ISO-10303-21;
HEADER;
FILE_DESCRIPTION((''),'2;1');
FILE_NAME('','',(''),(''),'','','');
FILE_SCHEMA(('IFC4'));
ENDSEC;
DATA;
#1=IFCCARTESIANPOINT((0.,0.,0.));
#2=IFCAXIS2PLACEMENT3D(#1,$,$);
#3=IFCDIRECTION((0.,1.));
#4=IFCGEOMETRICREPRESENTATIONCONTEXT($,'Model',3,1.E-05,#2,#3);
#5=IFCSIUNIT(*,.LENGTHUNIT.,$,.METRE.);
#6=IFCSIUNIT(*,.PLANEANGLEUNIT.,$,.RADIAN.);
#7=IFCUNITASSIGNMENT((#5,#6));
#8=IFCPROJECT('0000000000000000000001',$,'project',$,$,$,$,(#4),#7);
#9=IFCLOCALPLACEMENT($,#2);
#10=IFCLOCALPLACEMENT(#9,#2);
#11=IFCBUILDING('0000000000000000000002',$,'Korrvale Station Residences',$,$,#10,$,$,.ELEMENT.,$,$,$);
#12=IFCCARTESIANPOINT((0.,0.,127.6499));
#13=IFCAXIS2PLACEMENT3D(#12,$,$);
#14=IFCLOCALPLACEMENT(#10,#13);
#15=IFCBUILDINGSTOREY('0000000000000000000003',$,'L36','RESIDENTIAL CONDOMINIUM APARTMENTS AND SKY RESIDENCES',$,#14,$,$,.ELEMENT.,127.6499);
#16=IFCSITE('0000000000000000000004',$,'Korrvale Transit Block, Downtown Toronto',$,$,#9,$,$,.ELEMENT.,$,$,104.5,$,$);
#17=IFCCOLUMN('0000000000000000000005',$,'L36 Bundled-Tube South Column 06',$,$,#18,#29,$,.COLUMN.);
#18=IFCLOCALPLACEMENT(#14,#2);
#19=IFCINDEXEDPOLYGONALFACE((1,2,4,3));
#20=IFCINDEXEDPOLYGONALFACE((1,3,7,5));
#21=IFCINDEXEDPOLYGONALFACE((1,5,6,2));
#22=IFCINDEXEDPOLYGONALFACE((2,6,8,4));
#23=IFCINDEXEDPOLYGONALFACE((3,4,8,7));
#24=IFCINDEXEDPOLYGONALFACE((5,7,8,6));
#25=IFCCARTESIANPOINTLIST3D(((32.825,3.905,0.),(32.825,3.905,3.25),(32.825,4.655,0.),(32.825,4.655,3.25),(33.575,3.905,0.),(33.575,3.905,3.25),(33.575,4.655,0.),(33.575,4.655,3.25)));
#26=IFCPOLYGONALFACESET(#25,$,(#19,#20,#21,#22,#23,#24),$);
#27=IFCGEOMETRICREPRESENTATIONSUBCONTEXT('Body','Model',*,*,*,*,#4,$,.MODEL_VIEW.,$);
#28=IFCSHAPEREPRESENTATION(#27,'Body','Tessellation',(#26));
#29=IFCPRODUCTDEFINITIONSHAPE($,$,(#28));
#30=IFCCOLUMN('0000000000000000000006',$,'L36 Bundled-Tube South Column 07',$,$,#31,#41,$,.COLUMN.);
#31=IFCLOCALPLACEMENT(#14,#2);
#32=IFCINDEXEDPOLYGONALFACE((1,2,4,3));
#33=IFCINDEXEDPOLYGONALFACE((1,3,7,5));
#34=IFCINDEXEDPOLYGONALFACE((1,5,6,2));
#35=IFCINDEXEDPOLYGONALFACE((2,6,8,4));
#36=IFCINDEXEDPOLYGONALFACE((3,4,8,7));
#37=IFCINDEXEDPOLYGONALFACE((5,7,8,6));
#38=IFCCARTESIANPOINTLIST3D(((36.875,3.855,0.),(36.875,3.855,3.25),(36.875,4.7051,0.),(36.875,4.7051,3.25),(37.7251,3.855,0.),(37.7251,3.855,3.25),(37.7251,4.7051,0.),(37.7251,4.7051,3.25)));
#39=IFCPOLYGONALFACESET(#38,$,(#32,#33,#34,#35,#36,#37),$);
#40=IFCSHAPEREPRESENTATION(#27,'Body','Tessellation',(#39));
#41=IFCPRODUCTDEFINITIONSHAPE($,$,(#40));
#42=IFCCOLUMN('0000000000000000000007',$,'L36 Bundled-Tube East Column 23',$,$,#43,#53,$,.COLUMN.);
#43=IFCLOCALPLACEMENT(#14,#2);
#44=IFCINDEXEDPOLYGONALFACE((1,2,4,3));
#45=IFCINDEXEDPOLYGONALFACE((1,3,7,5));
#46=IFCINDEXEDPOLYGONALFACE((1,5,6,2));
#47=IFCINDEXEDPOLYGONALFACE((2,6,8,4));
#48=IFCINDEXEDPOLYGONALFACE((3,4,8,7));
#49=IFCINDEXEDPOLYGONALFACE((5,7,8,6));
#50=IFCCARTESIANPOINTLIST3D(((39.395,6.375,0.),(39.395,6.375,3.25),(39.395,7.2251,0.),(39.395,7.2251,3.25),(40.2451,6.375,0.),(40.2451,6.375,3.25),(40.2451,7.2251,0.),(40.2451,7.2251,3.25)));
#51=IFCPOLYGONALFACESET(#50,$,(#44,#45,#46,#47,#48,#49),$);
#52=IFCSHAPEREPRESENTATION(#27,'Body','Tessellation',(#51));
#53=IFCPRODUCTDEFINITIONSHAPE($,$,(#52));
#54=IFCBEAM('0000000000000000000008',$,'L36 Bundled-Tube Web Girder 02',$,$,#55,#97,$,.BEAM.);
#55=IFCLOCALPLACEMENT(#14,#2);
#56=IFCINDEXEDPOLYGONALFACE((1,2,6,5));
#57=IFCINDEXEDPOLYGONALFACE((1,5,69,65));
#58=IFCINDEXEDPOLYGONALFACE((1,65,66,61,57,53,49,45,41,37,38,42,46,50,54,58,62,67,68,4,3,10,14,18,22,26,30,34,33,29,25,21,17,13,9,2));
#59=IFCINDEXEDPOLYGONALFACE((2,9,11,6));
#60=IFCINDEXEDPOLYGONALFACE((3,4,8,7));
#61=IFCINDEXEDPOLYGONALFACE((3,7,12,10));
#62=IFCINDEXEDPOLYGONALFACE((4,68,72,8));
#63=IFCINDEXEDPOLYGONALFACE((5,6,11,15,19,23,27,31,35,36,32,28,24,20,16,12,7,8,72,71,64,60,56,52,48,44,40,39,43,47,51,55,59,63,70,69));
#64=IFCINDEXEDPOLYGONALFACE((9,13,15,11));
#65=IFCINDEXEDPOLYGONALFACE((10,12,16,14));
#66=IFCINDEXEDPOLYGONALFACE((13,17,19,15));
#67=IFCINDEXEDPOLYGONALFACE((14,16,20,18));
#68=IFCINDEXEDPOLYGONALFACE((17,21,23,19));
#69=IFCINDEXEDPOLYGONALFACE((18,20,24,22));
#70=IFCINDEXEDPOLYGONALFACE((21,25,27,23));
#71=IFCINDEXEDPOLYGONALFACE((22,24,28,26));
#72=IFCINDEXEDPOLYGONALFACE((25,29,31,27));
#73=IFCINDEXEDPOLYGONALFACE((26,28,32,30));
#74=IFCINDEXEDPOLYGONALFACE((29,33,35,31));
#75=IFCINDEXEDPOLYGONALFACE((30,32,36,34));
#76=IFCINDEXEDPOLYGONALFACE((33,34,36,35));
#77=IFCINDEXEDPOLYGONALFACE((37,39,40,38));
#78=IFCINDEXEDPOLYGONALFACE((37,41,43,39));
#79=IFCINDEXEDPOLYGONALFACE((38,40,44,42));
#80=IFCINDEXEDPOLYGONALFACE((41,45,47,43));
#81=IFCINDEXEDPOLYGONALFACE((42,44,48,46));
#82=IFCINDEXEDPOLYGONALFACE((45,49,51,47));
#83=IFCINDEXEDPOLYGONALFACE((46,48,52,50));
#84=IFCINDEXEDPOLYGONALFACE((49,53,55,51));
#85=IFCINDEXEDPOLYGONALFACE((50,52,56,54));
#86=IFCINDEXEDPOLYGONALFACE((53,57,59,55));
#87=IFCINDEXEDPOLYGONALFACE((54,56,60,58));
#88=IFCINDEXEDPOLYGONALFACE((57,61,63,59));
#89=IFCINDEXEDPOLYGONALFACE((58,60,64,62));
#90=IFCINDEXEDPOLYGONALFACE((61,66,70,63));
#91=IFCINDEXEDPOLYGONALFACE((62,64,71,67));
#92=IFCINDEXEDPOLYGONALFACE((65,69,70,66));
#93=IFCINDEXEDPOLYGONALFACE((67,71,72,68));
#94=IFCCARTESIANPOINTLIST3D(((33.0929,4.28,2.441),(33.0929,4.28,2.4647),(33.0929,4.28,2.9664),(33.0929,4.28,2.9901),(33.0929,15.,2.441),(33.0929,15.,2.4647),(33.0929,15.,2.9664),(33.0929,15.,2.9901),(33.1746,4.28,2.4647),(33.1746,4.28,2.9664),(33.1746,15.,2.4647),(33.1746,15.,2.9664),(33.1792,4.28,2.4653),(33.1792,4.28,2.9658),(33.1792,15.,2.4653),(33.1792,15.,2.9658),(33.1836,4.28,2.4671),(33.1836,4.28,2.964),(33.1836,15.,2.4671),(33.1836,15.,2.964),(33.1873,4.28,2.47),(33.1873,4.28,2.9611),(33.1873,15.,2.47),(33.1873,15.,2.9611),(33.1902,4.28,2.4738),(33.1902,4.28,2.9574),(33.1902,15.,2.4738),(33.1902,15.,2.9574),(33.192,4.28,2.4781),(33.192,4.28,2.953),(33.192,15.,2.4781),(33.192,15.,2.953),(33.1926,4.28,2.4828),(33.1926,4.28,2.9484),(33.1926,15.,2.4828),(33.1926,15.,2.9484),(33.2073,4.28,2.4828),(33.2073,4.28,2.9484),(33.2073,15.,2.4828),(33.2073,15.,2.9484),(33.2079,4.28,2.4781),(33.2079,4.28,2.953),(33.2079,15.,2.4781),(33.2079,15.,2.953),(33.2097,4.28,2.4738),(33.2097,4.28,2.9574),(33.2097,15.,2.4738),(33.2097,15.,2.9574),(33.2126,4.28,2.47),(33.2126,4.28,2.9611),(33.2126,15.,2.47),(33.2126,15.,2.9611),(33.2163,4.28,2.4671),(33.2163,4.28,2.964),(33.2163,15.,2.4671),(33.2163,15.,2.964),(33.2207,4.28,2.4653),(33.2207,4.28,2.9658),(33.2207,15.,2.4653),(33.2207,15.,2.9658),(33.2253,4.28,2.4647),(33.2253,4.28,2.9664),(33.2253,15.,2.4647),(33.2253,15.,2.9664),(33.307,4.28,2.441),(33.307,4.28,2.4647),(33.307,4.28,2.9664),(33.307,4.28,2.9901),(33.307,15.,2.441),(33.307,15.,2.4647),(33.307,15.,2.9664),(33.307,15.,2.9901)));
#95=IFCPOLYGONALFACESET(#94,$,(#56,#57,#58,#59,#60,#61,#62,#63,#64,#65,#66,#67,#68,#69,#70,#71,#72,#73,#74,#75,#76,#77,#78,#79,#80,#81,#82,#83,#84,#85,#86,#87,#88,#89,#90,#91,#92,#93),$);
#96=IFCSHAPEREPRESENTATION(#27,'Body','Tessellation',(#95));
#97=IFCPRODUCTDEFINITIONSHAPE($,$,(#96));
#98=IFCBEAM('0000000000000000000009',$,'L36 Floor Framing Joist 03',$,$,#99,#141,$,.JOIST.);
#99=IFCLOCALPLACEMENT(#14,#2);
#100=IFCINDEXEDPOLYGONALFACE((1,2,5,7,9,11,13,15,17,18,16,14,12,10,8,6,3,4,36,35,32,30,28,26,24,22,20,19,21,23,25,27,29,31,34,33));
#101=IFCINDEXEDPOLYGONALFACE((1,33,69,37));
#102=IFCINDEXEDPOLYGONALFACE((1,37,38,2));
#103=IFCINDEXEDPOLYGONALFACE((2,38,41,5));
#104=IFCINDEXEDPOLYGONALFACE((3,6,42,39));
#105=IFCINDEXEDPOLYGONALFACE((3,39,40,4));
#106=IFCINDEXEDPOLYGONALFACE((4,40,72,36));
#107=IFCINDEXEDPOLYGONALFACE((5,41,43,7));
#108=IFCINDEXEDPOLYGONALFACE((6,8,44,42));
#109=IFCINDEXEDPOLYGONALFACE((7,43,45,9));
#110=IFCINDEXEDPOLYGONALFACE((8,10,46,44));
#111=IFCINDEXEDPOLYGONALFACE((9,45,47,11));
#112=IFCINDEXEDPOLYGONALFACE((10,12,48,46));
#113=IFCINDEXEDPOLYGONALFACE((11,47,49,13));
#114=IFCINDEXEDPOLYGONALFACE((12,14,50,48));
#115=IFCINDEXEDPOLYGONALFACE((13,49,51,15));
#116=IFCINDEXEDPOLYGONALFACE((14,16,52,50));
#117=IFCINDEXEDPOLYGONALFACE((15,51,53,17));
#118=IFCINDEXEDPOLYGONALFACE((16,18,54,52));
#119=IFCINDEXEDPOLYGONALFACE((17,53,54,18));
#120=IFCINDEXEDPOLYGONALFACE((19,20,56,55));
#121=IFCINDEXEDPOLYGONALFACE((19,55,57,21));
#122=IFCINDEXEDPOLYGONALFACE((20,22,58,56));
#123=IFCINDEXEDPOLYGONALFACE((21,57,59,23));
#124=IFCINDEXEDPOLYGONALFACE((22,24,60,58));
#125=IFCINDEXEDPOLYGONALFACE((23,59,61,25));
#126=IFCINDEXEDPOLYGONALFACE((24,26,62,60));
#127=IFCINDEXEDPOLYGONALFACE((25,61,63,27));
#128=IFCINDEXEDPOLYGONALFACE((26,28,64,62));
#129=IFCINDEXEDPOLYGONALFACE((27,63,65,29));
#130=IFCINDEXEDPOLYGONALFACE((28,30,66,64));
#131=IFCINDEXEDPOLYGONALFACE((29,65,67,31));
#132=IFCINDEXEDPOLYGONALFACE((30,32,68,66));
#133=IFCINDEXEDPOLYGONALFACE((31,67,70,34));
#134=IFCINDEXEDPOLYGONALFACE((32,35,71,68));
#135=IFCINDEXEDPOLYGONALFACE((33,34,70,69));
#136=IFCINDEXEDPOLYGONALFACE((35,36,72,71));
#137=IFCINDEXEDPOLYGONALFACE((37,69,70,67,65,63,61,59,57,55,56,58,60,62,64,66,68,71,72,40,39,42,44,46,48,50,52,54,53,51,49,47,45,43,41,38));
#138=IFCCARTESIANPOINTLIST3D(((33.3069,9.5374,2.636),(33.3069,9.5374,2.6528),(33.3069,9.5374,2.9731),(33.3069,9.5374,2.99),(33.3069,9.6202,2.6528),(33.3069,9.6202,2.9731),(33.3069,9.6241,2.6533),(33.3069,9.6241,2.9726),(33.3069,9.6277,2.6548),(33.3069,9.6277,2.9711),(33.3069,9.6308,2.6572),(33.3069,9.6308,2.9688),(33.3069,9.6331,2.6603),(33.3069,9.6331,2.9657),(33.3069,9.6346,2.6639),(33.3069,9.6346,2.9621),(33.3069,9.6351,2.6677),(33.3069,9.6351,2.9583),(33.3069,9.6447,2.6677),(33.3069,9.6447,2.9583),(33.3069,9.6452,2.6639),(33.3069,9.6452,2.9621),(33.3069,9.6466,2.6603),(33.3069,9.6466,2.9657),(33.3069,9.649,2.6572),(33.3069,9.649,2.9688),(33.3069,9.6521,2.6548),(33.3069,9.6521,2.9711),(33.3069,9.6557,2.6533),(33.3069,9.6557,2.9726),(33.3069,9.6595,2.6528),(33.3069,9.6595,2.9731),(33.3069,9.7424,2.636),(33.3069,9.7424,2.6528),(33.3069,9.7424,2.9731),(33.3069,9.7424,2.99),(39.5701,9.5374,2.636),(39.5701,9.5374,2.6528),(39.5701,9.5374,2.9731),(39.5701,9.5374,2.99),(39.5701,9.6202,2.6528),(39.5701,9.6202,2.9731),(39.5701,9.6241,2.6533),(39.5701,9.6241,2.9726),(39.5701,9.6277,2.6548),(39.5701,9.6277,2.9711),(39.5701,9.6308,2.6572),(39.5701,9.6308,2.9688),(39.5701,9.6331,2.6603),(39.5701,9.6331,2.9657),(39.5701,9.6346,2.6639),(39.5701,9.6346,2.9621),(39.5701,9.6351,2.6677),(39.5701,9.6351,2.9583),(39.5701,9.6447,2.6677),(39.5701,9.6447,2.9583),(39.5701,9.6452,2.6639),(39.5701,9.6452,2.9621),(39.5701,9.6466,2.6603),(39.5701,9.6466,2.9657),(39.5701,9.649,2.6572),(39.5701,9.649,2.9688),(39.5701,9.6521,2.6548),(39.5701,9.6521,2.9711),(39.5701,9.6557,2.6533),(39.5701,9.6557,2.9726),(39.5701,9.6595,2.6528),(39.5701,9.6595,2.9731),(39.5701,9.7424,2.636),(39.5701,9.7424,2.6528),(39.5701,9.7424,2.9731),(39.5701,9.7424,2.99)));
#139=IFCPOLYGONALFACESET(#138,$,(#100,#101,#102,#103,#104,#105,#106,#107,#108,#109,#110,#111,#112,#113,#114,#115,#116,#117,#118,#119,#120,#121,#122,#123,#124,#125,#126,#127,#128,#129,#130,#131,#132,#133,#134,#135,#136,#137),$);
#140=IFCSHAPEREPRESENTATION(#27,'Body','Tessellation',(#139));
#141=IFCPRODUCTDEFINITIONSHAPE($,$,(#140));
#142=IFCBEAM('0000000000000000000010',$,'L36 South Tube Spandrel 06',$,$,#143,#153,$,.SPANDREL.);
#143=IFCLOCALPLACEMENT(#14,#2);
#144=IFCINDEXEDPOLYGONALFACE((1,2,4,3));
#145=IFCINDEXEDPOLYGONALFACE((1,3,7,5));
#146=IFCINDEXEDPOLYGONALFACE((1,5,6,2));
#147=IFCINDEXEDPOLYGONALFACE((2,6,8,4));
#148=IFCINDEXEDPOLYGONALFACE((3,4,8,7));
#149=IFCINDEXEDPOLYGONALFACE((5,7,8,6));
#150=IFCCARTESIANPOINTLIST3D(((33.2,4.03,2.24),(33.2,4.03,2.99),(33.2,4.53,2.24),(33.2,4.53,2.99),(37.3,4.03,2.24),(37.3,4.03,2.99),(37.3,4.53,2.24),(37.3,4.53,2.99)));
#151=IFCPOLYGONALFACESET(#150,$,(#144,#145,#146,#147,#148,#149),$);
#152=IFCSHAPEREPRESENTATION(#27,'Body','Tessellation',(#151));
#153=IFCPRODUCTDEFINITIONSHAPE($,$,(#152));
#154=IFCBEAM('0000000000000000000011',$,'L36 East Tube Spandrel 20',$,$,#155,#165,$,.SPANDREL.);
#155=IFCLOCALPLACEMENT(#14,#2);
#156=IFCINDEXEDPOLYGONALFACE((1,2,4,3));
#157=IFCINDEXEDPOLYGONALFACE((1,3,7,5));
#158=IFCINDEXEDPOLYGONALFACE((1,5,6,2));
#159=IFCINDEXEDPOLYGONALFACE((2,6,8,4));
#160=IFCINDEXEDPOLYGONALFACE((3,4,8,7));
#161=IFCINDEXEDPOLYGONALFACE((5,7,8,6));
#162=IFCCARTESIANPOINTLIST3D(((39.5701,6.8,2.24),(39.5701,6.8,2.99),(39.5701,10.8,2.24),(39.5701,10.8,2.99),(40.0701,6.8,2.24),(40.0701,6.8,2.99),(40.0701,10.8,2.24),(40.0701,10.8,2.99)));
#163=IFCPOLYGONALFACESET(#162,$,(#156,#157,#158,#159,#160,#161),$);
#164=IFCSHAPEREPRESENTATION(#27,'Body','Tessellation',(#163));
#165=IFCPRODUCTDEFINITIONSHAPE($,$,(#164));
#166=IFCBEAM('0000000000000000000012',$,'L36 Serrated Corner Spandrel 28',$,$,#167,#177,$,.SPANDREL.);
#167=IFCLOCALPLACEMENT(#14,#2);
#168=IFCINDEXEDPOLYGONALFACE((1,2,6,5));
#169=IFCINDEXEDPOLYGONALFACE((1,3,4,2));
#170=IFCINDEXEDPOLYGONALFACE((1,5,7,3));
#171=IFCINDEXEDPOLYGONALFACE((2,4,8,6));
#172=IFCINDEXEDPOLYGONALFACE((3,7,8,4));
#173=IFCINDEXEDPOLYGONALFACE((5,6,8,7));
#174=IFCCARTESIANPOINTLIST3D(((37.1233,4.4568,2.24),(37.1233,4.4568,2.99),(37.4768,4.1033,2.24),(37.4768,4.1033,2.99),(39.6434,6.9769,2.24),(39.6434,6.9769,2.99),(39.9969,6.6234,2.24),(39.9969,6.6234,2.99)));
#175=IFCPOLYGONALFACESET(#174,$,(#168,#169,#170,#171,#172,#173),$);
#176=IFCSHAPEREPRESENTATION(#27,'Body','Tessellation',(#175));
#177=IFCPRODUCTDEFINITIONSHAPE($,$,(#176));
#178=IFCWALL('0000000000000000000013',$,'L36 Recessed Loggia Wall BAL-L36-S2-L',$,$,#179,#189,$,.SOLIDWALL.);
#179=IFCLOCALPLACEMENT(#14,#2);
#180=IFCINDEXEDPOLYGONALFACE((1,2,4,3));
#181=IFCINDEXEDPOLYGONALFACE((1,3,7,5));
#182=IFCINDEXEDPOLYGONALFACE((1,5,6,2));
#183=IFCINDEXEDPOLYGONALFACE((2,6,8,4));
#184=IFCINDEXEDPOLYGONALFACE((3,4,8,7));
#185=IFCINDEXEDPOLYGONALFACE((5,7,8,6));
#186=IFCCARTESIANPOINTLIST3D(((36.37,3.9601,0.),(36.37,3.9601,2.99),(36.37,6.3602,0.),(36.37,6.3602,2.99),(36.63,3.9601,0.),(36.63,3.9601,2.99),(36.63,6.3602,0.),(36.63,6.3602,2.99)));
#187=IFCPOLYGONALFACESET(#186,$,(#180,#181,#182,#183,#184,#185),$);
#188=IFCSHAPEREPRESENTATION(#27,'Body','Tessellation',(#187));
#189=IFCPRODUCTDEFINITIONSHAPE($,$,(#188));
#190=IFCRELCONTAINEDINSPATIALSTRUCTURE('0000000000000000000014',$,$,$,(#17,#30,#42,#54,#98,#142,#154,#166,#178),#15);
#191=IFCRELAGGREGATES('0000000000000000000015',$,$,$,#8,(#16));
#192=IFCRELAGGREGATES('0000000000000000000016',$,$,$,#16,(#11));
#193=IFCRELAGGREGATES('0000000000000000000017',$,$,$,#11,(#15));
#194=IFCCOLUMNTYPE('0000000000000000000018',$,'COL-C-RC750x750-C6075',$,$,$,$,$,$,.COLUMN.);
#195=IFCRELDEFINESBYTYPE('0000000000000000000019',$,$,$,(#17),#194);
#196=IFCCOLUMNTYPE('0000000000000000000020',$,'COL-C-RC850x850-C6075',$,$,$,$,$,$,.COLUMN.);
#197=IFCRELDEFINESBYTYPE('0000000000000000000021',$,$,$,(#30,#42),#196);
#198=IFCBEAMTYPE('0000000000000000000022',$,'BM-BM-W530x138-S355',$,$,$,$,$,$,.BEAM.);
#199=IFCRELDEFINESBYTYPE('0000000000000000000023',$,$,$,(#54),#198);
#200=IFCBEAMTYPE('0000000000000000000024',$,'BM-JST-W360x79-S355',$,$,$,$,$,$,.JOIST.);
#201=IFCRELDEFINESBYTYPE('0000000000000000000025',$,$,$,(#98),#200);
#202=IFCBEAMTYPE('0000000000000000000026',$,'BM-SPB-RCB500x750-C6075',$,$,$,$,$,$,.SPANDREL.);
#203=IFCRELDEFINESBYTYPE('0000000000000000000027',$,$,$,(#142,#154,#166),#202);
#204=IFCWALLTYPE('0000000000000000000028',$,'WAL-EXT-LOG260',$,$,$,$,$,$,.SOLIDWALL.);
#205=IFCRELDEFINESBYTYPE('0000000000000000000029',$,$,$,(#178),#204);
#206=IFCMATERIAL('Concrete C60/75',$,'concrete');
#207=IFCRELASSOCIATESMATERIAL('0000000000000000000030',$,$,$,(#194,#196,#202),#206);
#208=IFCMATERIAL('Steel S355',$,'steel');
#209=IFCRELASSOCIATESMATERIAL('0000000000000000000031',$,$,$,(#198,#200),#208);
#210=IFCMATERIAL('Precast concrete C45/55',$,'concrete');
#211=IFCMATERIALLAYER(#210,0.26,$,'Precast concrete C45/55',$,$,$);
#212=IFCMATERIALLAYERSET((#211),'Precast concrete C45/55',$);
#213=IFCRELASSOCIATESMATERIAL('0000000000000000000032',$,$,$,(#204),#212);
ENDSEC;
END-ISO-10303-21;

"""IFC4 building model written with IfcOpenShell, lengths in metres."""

from ifc_helpers import new_model, si_unit, direction, frame, frame_2d, origin, origin_2d, place, context, subcontext, project, spatial, rectangle, i_section, extrude, material, layer, layer_set, material_profile, profile_set, type_object, element, save


model = new_model("IFC4")

# Units and contexts
model_context = context("Model", 3, precision=1e-05, world=origin(), true_north=direction((0.0, 1.0)))
body_context = subcontext(model_context, "Body", "Model", "MODEL_VIEW")
ifc_project = project(units=[si_unit("LENGTHUNIT", "METRE"), si_unit("PLANEANGLEUNIT", "RADIAN")], contexts=[model_context])

# Site, building, storey
site_placement = place(None, origin())
site = spatial("IfcSite", under=ifc_project, at=site_placement, Name="Korrvale Transit Block, Downtown Toronto", CompositionType="ELEMENT", RefElevation=104.5)
building_placement = place(site_placement, origin())
building = spatial("IfcBuilding", under=site, at=building_placement, Name="Korrvale Station Residences", CompositionType="ELEMENT")
storey_placement = place(building_placement, frame((0.0, 0.0, 127.6499)))
storey = spatial("IfcBuildingStorey", under=building, at=storey_placement, Name="L36", Description="RESIDENTIAL CONDOMINIUM APARTMENTS AND SKY RESIDENCES", CompositionType="ELEMENT", Elevation=127.6499)

# Columns
ifc_material_1 = material(Name="Concrete C60/75", Category="concrete")
ifc_material_profile_1 = material_profile(ifc_material_1, rectangle(XDim=0.75, YDim=0.75, at=origin_2d()), Name="RC750x750")
ifc_profile_set_1 = profile_set([ifc_material_profile_1], Name="Concrete C60/75")
column_type_1 = type_object("IfcColumnType", Name="COL-C-RC750x750-C6075", PredefinedType="COLUMN", material=ifc_profile_set_1)
column_placement = place(storey_placement, frame((33.2, 4.28, 0.0), z_axis=(0.0, 0.0, 1.0), x_axis=(1.0, 0.0, 0.0)))
element("IfcColumn", 1, at=column_placement, inside=storey, type_object=column_type_1, Name="L36 Bundled-Tube South Column 06", PredefinedType="COLUMN", context=body_context, shape_type="SweptSolid", body=[
    extrude(rectangle(XDim=0.75, YDim=0.75, at=origin_2d()), origin(), (0.0, 0.0, 1.0), 3.25),
])
ifc_material_profile_2 = material_profile(ifc_material_1, rectangle(XDim=0.8501, YDim=0.8501, at=origin_2d()), Name="RC850x850")
ifc_profile_set_2 = profile_set([ifc_material_profile_2], Name="Concrete C60/75")
column_type_2 = type_object("IfcColumnType", Name="COL-C-RC850x850-C6075", PredefinedType="COLUMN", material=ifc_profile_set_2)
for number, where, z_axis, x_axis, name in (
    (2, (37.3, 4.28, 0.0), (0.0, 0.0, 1.0), (1.0, 0.0, 0.0), "L36 Bundled-Tube South Column 07"),
    (3, (39.8201, 6.8, 0.0), (0.0, 0.0, 1.0), (1.0, 0.0, 0.0), "L36 Bundled-Tube East Column 23"),
):
    element("IfcColumn", number, at=place(storey_placement, frame(where, z_axis=z_axis, x_axis=x_axis)), inside=storey, type_object=column_type_2, Name=name, PredefinedType="COLUMN", context=body_context, shape_type="SweptSolid", body=[
        extrude(rectangle(XDim=0.8501, YDim=0.8501, at=origin_2d()), origin(), (0.0, 0.0, 1.0), 3.25),
    ])

# Beams
ifc_material_2 = material(Name="Steel S355", Category="steel")
ifc_material_profile_3 = material_profile(ifc_material_2, i_section(OverallWidth=0.2141, OverallDepth=0.5491, WebThickness=0.0146, FlangeThickness=0.0237, FilletRadius=0.0181, at=origin_2d()), Name="W530x138")
ifc_profile_set_3 = profile_set([ifc_material_profile_3], Name="Steel S355")
beam_type_1 = type_object("IfcBeamType", Name="BM-BM-W530x138-S355", PredefinedType="BEAM", material=ifc_profile_set_3)
beam_1_placement = place(storey_placement, frame((33.2, 4.28, 2.7156), z_axis=(0.0, 1.0, 0.0), x_axis=(-1.0, 0.0, 0.0)))
element("IfcBeam", 4, at=beam_1_placement, inside=storey, type_object=beam_type_1, Name="L36 Bundled-Tube Web Girder 02", PredefinedType="BEAM", context=body_context, shape_type="SweptSolid", body=[
    extrude(i_section(OverallWidth=0.2141, OverallDepth=0.5491, WebThickness=0.0146, FlangeThickness=0.0237, FilletRadius=0.0181, at=origin_2d()), origin(), (0.0, 0.0, 1.0), 10.72),
])
ifc_material_profile_4 = material_profile(ifc_material_2, i_section(OverallWidth=0.2051, OverallDepth=0.354, WebThickness=0.0095, FlangeThickness=0.0168, FilletRadius=0.0149, at=origin_2d()), Name="W360x79")
ifc_profile_set_4 = profile_set([ifc_material_profile_4], Name="Steel S355")
beam_type_2 = type_object("IfcBeamType", Name="BM-JST-W360x79-S355", PredefinedType="JOIST", material=ifc_profile_set_4)
beam_2_placement = place(storey_placement, frame((33.3069, 9.6399, 2.813), z_axis=(1.0, 0.0, 0.0), x_axis=(0.0, 1.0, 0.0)))
element("IfcBeam", 5, at=beam_2_placement, inside=storey, type_object=beam_type_2, Name="L36 Floor Framing Joist 03", PredefinedType="JOIST", context=body_context, shape_type="SweptSolid", body=[
    extrude(i_section(OverallWidth=0.2051, OverallDepth=0.354, WebThickness=0.0095, FlangeThickness=0.0168, FilletRadius=0.0149, at=origin_2d()), origin(), (0.0, 0.0, 1.0), 6.2632),
])
ifc_material_profile_5 = material_profile(ifc_material_1, rectangle(XDim=0.5, YDim=0.75, at=origin_2d()), Name="RCB500x750")
ifc_profile_set_5 = profile_set([ifc_material_profile_5], Name="Concrete C60/75")
beam_type_3 = type_object("IfcBeamType", Name="BM-SPB-RCB500x750-C6075", PredefinedType="SPANDREL", material=ifc_profile_set_5)
beam_3_placement = place(storey_placement, frame((33.2, 4.28, 2.615), z_axis=(1.0, 0.0, 0.0), x_axis=(0.0, 1.0, 0.0)))
element("IfcBeam", 6, at=beam_3_placement, inside=storey, type_object=beam_type_3, Name="L36 South Tube Spandrel 06", PredefinedType="SPANDREL", context=body_context, shape_type="SweptSolid", body=[
    extrude(rectangle(XDim=0.5, YDim=0.75, at=origin_2d()), origin(), (0.0, 0.0, 1.0), 4.1001),
])
beam_4_placement = place(storey_placement, frame((39.8201, 6.8, 2.615), z_axis=(0.0, 1.0, 0.0), x_axis=(-1.0, 0.0, 0.0)))
element("IfcBeam", 7, at=beam_4_placement, inside=storey, type_object=beam_type_3, Name="L36 East Tube Spandrel 20", PredefinedType="SPANDREL", context=body_context, shape_type="SweptSolid", body=[
    extrude(rectangle(XDim=0.5, YDim=0.75, at=origin_2d()), origin(), (0.0, 0.0, 1.0), 4.0),
])
beam_5_placement = place(storey_placement, frame((37.3, 4.28, 2.615), z_axis=(0.707107, 0.707107, 0.0), x_axis=(-0.707107, 0.707107, 0.0)))
element("IfcBeam", 8, at=beam_5_placement, inside=storey, type_object=beam_type_3, Name="L36 Serrated Corner Spandrel 28", PredefinedType="SPANDREL", context=body_context, shape_type="SweptSolid", body=[
    extrude(rectangle(XDim=0.5, YDim=0.75, at=origin_2d()), origin(), (0.0, 0.0, 1.0), 3.564),
])

# Wall
ifc_material_3 = material(Name="Precast concrete C45/55", Category="concrete")
ifc_layer_1 = layer(ifc_material_3, 0.26, Name="Precast concrete C45/55")
ifc_layer_set_1 = layer_set([ifc_layer_1], Name="Precast concrete C45/55")
wall_type_1 = type_object("IfcWallType", Name="WAL-EXT-LOG260", PredefinedType="SOLIDWALL", material=ifc_layer_set_1)
wall_1_placement = place(storey_placement, frame((36.5, 3.96, 0.0), z_axis=(0.0, 0.0, 1.0), x_axis=(0.0, 1.0, 0.0)))
element("IfcWall", 9, at=wall_1_placement, inside=storey, type_object=wall_type_1, Name="L36 Recessed Loggia Wall BAL-L36-S2-L", PredefinedType="SOLIDWALL", context=body_context, shape_type="SweptSolid", body=[
    extrude(rectangle(XDim=2.4001, YDim=0.26, at=frame_2d((1.2002, 0.0))), origin(), (0.0, 0.0, 1.0), 2.99),
])

save(model, "model.ifc")
